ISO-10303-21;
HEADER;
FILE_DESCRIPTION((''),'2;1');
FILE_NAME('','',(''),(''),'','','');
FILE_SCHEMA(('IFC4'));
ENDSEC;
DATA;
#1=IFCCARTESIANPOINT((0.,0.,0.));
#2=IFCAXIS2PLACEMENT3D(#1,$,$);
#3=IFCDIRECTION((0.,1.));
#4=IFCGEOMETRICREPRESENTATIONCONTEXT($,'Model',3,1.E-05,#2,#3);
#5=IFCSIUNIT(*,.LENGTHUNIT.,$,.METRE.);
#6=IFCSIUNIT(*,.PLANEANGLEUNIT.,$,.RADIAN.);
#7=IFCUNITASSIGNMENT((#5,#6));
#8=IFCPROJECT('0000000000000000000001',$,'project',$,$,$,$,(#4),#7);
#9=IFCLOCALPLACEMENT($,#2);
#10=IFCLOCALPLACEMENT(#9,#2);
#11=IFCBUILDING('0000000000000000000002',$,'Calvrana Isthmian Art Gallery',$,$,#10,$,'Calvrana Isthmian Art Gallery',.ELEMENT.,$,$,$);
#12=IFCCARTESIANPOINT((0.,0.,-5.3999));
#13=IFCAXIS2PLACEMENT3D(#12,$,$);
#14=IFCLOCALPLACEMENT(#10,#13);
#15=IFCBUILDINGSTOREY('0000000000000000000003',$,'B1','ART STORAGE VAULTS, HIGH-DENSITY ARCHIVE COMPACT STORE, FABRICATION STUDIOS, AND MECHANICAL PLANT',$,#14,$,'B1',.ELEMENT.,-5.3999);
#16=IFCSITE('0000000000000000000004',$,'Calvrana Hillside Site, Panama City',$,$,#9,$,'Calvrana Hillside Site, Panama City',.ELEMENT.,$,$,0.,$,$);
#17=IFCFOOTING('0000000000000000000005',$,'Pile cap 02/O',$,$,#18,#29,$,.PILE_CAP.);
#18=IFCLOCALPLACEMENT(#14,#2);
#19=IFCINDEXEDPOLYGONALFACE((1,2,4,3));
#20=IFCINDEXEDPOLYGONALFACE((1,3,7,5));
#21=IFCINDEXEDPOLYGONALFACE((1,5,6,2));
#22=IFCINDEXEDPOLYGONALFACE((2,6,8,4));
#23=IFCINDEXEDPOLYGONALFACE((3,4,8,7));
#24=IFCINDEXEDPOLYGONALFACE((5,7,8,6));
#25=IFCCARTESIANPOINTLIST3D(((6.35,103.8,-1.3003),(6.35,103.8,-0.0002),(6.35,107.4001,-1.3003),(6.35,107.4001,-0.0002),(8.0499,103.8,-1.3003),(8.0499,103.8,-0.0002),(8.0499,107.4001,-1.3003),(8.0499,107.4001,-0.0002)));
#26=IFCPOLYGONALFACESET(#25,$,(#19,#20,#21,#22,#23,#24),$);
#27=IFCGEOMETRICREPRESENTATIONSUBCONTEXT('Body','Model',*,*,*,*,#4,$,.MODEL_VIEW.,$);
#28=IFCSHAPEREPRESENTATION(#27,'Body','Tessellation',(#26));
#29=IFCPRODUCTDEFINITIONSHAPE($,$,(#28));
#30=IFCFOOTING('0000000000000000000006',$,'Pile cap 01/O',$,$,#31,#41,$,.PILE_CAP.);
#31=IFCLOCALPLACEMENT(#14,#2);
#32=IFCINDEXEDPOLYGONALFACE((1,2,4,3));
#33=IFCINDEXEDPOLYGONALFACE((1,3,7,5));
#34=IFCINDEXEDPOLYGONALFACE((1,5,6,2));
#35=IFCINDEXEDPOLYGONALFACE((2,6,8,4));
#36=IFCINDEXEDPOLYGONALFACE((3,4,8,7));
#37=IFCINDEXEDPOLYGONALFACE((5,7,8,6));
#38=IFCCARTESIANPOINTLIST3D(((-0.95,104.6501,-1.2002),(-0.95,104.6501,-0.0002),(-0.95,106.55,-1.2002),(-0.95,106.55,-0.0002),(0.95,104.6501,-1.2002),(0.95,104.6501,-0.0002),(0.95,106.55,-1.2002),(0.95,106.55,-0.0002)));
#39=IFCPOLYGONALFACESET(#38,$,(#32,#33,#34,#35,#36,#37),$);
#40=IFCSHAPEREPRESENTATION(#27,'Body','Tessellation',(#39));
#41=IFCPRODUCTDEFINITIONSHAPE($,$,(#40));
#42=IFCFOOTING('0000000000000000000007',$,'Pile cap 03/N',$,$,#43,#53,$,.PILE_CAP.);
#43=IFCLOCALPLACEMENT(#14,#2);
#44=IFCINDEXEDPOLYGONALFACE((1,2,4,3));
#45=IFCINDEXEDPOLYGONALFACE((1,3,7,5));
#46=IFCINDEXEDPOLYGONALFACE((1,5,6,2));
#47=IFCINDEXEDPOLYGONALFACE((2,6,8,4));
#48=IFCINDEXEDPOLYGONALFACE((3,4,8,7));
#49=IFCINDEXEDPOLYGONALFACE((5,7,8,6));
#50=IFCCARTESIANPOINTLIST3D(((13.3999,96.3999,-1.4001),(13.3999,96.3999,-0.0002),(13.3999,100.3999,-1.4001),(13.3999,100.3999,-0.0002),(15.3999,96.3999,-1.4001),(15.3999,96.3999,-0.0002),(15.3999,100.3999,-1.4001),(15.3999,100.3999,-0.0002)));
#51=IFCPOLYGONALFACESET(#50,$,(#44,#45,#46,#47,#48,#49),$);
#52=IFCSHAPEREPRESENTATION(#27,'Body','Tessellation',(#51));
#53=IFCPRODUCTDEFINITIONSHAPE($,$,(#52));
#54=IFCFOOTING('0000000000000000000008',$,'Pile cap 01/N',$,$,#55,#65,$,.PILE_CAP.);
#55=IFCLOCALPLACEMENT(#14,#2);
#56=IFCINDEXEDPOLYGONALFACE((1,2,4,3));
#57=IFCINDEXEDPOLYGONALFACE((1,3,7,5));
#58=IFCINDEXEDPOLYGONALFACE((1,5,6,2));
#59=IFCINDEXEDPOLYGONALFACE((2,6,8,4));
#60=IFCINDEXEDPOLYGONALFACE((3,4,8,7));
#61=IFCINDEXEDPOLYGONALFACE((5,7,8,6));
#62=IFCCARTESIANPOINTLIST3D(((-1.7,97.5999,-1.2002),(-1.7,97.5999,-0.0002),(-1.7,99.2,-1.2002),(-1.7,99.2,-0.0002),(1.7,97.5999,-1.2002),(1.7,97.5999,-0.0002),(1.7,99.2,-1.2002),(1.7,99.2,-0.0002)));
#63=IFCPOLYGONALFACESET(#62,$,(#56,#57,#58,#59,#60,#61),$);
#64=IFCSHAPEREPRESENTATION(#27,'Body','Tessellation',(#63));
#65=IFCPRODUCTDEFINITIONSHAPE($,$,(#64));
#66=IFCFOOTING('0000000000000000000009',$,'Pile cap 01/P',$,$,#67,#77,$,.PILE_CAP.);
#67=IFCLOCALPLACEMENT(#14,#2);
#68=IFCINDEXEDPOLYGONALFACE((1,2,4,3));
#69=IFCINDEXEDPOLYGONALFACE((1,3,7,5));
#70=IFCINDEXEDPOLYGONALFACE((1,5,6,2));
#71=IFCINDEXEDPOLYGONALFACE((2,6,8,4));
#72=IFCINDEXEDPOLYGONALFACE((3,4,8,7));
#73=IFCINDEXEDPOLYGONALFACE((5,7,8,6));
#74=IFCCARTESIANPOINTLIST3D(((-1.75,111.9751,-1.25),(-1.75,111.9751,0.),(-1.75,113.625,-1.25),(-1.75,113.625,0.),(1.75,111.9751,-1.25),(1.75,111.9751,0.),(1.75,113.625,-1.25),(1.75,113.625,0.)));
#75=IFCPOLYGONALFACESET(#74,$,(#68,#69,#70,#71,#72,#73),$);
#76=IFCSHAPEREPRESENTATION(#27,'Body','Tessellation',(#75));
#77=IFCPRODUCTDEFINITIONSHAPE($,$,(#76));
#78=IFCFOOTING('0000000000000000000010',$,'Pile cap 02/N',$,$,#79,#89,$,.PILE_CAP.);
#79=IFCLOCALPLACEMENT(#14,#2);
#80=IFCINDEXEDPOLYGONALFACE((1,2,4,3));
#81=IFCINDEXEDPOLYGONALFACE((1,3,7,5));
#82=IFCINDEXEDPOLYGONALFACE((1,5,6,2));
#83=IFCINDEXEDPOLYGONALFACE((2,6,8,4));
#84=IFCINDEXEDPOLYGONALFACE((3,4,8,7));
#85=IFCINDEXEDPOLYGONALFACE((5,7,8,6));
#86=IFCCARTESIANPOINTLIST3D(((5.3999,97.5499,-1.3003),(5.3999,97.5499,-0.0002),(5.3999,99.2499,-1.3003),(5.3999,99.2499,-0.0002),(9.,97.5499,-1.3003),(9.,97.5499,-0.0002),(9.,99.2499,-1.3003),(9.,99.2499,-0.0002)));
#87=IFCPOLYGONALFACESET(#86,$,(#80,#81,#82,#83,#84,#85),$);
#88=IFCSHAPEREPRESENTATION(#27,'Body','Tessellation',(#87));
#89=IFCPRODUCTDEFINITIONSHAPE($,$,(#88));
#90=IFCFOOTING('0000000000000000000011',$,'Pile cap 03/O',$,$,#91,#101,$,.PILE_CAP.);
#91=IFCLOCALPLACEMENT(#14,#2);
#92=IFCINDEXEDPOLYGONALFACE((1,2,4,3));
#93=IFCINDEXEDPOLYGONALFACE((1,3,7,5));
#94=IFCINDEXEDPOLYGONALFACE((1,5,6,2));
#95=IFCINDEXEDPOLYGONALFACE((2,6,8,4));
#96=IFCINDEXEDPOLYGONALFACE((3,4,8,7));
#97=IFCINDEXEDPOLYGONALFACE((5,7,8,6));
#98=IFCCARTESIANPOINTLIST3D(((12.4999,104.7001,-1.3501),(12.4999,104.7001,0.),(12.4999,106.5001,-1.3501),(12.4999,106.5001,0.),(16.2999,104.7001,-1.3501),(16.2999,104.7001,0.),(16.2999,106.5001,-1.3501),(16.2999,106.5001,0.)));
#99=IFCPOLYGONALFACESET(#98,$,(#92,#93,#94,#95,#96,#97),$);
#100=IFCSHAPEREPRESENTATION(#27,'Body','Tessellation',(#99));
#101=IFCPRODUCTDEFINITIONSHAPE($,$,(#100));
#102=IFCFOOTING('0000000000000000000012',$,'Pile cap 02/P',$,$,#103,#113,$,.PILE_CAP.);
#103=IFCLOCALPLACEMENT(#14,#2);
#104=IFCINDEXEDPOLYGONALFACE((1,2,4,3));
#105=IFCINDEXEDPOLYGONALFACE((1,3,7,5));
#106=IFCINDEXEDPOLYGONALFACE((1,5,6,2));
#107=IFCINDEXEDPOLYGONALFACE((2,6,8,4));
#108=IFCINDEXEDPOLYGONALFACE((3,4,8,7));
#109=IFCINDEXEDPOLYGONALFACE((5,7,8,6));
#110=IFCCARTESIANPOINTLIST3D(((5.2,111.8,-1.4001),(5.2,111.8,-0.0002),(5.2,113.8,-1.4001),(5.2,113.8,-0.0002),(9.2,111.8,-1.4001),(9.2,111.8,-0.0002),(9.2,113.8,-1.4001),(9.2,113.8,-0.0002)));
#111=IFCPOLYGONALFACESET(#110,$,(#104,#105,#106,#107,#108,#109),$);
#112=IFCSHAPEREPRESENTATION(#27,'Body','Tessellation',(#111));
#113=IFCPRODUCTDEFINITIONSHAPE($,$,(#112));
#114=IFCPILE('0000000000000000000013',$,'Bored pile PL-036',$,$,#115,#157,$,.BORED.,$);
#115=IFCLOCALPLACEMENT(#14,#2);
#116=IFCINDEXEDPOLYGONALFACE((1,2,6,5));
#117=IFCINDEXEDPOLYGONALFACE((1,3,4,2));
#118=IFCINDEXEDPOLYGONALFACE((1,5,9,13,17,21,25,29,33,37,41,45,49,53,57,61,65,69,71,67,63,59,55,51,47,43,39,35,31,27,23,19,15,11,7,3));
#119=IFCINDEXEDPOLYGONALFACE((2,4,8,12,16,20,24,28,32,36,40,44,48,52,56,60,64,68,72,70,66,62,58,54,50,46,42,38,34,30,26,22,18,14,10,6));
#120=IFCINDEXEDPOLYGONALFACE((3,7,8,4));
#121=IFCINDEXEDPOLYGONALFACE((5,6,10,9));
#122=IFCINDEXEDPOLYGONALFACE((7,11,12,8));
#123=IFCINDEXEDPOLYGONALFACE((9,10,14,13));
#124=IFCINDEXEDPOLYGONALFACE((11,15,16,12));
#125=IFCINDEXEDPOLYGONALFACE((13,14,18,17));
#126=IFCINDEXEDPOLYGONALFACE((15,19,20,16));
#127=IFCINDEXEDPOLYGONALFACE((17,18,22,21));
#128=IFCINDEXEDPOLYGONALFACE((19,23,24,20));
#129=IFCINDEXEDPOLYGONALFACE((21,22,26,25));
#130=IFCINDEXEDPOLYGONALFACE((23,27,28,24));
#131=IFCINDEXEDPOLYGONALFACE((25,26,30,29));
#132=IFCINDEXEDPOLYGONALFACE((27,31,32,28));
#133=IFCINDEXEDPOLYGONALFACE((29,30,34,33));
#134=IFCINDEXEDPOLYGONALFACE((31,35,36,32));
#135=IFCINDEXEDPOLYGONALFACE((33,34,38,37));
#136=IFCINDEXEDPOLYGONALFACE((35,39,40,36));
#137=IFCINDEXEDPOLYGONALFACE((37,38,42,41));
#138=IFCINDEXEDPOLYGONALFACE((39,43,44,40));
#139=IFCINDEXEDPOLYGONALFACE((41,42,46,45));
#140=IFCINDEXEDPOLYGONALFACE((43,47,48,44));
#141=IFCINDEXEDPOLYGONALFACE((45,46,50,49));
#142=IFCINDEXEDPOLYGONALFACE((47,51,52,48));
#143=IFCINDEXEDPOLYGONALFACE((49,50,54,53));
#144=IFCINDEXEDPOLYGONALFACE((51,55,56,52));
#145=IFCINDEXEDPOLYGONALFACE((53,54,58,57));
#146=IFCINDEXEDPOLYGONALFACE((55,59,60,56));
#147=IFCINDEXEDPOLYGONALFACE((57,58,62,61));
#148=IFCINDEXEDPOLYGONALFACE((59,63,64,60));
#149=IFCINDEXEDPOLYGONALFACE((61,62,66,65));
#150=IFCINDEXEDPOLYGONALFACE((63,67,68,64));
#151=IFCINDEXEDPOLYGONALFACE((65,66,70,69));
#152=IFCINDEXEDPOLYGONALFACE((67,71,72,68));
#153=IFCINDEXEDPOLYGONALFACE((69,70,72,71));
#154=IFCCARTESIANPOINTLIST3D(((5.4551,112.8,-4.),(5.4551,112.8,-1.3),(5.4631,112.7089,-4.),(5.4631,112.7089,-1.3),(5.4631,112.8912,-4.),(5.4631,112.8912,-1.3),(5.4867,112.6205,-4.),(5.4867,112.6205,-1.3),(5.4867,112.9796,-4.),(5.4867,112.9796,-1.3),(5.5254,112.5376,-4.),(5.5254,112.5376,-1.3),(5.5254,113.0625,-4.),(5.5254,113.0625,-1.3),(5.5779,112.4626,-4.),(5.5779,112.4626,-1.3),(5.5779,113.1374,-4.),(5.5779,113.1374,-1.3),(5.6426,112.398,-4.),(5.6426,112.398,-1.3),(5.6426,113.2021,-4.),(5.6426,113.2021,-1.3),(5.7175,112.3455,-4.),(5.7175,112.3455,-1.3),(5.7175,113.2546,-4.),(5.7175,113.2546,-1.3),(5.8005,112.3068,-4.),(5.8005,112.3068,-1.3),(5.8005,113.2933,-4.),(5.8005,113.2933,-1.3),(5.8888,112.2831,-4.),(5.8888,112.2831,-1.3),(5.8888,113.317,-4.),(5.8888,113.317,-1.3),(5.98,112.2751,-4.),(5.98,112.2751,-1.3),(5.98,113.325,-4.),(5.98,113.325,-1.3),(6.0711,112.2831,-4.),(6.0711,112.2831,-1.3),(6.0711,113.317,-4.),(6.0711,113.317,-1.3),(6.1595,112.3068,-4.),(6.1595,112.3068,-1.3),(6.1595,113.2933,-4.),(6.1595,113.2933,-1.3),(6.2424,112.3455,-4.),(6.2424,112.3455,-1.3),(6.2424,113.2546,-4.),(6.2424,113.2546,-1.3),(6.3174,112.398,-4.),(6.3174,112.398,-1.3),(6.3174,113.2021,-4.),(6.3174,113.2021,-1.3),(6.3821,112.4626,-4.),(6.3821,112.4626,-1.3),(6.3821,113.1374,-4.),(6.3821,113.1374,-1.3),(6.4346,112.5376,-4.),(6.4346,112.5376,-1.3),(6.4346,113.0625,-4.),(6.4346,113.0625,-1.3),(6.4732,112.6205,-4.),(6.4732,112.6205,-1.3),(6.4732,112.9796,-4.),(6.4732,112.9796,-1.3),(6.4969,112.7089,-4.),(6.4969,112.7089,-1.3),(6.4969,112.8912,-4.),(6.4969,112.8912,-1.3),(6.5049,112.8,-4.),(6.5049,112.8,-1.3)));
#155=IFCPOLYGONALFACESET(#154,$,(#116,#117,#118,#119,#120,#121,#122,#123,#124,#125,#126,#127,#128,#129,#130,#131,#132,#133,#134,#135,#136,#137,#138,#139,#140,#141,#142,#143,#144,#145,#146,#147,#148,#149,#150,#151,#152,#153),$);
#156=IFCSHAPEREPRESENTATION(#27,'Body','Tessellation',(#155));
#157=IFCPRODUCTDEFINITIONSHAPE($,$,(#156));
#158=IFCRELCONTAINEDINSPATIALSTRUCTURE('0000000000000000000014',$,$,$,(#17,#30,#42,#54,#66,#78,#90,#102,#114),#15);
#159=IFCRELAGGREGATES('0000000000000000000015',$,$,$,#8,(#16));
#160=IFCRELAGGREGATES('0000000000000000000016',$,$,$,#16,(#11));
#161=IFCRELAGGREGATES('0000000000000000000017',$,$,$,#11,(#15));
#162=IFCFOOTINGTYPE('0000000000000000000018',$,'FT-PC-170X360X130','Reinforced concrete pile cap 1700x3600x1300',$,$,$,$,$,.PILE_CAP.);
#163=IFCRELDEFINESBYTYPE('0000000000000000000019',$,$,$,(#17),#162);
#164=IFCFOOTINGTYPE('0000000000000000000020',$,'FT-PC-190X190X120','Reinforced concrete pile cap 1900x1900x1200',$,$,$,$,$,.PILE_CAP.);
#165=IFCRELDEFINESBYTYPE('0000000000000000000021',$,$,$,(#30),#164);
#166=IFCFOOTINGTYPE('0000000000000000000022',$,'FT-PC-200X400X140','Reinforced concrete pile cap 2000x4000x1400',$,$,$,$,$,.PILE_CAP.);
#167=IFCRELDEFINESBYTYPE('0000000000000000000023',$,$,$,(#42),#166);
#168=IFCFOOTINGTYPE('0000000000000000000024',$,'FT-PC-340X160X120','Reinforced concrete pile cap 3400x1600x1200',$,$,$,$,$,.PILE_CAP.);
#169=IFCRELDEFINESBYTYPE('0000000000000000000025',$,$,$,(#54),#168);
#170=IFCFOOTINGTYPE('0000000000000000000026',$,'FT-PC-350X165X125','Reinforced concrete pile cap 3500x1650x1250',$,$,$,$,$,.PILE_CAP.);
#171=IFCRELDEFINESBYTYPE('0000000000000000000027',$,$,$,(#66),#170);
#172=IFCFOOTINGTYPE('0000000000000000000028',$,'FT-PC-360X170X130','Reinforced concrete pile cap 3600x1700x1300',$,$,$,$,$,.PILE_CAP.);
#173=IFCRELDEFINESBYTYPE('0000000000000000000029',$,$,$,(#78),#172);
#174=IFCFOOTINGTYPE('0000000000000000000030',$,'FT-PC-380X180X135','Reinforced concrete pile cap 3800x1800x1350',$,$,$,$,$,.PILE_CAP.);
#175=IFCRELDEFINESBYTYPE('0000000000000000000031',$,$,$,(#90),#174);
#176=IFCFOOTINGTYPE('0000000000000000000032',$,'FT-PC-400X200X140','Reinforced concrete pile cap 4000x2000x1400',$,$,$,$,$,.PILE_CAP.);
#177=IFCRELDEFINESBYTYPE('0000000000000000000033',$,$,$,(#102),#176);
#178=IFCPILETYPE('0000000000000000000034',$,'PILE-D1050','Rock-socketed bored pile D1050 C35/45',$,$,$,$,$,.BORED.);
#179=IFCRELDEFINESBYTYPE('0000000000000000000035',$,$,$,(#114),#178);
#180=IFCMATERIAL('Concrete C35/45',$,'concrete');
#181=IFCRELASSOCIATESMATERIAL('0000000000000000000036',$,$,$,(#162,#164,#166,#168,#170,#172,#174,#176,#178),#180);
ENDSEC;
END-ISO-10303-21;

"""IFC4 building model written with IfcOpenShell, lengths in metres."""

from ifc_helpers import new_model, si_unit, direction, frame, origin, origin_2d, place, context, subcontext, project, spatial, rectangle, circle, extrude, material, material_profile, profile_set, type_object, element, save


model = new_model("IFC4")

# Units and contexts
model_context = context("Model", 3, precision=1e-05, world=origin(), true_north=direction((0.0, 1.0)))
body_context = subcontext(model_context, "Body", "Model", "MODEL_VIEW")
ifc_project = project(units=[si_unit("LENGTHUNIT", "METRE"), si_unit("PLANEANGLEUNIT", "RADIAN")], contexts=[model_context])

# Site, building, storey
site_placement = place(None, origin())
site = spatial("IfcSite", under=ifc_project, at=site_placement, Name="Calvrana Hillside Site, Panama City", LongName="Calvrana Hillside Site, Panama City", CompositionType="ELEMENT", RefElevation=0.0)
building_placement = place(site_placement, origin())
building = spatial("IfcBuilding", under=site, at=building_placement, Name="Calvrana Isthmian Art Gallery", LongName="Calvrana Isthmian Art Gallery", CompositionType="ELEMENT")
storey_placement = place(building_placement, frame((0.0, 0.0, -5.3999)))
storey = spatial("IfcBuildingStorey", under=building, at=storey_placement, Name="B1", Description="ART STORAGE VAULTS, HIGH-DENSITY ARCHIVE COMPACT STORE, FABRICATION STUDIOS, AND MECHANICAL PLANT", LongName="B1", CompositionType="ELEMENT", Elevation=-5.3999)

# Footings
ifc_material_1 = material(Name="Concrete C35/45", Category="concrete")
footing_type_1 = type_object("IfcFootingType", Name="FT-PC-170X360X130", Description="Reinforced concrete pile cap 1700x3600x1300", PredefinedType="PILE_CAP", material=ifc_material_1)
footing_1_placement = place(storey_placement, frame((7.2, 105.6001, -1.3003), z_axis=(0.0, 0.0, 1.0), x_axis=(1.0, 0.0, 0.0)))
element("IfcFooting", 1, at=footing_1_placement, inside=storey, type_object=footing_type_1, Name="Pile cap 02/O", PredefinedType="PILE_CAP", context=body_context, shape_type="SweptSolid", body=[
    extrude(rectangle(XDim=1.7, YDim=3.6001, at=origin_2d()), origin(), (0.0, 0.0, 1.0), 1.3),
])
footing_type_2 = type_object("IfcFootingType", Name="FT-PC-190X190X120", Description="Reinforced concrete pile cap 1900x1900x1200", PredefinedType="PILE_CAP", material=ifc_material_1)
footing_2_placement = place(storey_placement, frame((0.0, 105.6001, -1.2002), z_axis=(0.0, 0.0, 1.0), x_axis=(1.0, 0.0, 0.0)))
element("IfcFooting", 2, at=footing_2_placement, inside=storey, type_object=footing_type_2, Name="Pile cap 01/O", PredefinedType="PILE_CAP", context=body_context, shape_type="SweptSolid", body=[
    extrude(rectangle(XDim=1.8999, YDim=1.8999, at=origin_2d()), origin(), (0.0, 0.0, 1.0), 1.2),
])
footing_type_3 = type_object("IfcFootingType", Name="FT-PC-200X400X140", Description="Reinforced concrete pile cap 2000x4000x1400", PredefinedType="PILE_CAP", material=ifc_material_1)
footing_3_placement = place(storey_placement, frame((14.3999, 98.3999, -1.4001), z_axis=(0.0, 0.0, 1.0), x_axis=(1.0, 0.0, 0.0)))
element("IfcFooting", 3, at=footing_3_placement, inside=storey, type_object=footing_type_3, Name="Pile cap 03/N", PredefinedType="PILE_CAP", context=body_context, shape_type="SweptSolid", body=[
    extrude(rectangle(XDim=2.0, YDim=4.0, at=origin_2d()), origin(), (0.0, 0.0, 1.0), 1.3999),
])
footing_type_4 = type_object("IfcFootingType", Name="FT-PC-340X160X120", Description="Reinforced concrete pile cap 3400x1600x1200", PredefinedType="PILE_CAP", material=ifc_material_1)
footing_4_placement = place(storey_placement, frame((0.0, 98.3999, -1.2002), z_axis=(0.0, 0.0, 1.0), x_axis=(1.0, 0.0, 0.0)))
element("IfcFooting", 4, at=footing_4_placement, inside=storey, type_object=footing_type_4, Name="Pile cap 01/N", PredefinedType="PILE_CAP", context=body_context, shape_type="SweptSolid", body=[
    extrude(rectangle(XDim=3.3999, YDim=1.6001, at=origin_2d()), origin(), (0.0, 0.0, 1.0), 1.2),
])
footing_type_5 = type_object("IfcFootingType", Name="FT-PC-350X165X125", Description="Reinforced concrete pile cap 3500x1650x1250", PredefinedType="PILE_CAP", material=ifc_material_1)
footing_5_placement = place(storey_placement, frame((0.0, 112.8, -1.25), z_axis=(0.0, 0.0, 1.0), x_axis=(1.0, 0.0, 0.0)))
element("IfcFooting", 5, at=footing_5_placement, inside=storey, type_object=footing_type_5, Name="Pile cap 01/P", PredefinedType="PILE_CAP", context=body_context, shape_type="SweptSolid", body=[
    extrude(rectangle(XDim=3.5, YDim=1.6499, at=origin_2d()), origin(), (0.0, 0.0, 1.0), 1.25),
])
footing_type_6 = type_object("IfcFootingType", Name="FT-PC-360X170X130", Description="Reinforced concrete pile cap 3600x1700x1300", PredefinedType="PILE_CAP", material=ifc_material_1)
footing_6_placement = place(storey_placement, frame((7.2, 98.3999, -1.3003), z_axis=(0.0, 0.0, 1.0), x_axis=(1.0, 0.0, 0.0)))
element("IfcFooting", 6, at=footing_6_placement, inside=storey, type_object=footing_type_6, Name="Pile cap 02/N", PredefinedType="PILE_CAP", context=body_context, shape_type="SweptSolid", body=[
    extrude(rectangle(XDim=3.6001, YDim=1.7, at=origin_2d()), origin(), (0.0, 0.0, 1.0), 1.3),
])
footing_type_7 = type_object("IfcFootingType", Name="FT-PC-380X180X135", Description="Reinforced concrete pile cap 3800x1800x1350", PredefinedType="PILE_CAP", material=ifc_material_1)
footing_7_placement = place(storey_placement, frame((14.3999, 105.6001, -1.3501), z_axis=(0.0, 0.0, 1.0), x_axis=(1.0, 0.0, 0.0)))
element("IfcFooting", 7, at=footing_7_placement, inside=storey, type_object=footing_type_7, Name="Pile cap 03/O", PredefinedType="PILE_CAP", context=body_context, shape_type="SweptSolid", body=[
    extrude(rectangle(XDim=3.8, YDim=1.8, at=origin_2d()), origin(), (0.0, 0.0, 1.0), 1.3501),
])
footing_type_8 = type_object("IfcFootingType", Name="FT-PC-400X200X140", Description="Reinforced concrete pile cap 4000x2000x1400", PredefinedType="PILE_CAP", material=ifc_material_1)
footing_8_placement = place(storey_placement, frame((7.2, 112.8, -1.4001), z_axis=(0.0, 0.0, 1.0), x_axis=(1.0, 0.0, 0.0)))
element("IfcFooting", 8, at=footing_8_placement, inside=storey, type_object=footing_type_8, Name="Pile cap 02/P", PredefinedType="PILE_CAP", context=body_context, shape_type="SweptSolid", body=[
    extrude(rectangle(XDim=4.0, YDim=2.0, at=origin_2d()), origin(), (0.0, 0.0, 1.0), 1.3999),
])

# Pile
ifc_material_profile_1 = material_profile(ifc_material_1, circle(Radius=0.5249, at=origin_2d()), Name="PILE1050D")
ifc_profile_set_1 = profile_set([ifc_material_profile_1], Name="Concrete C35/45")
pile_type_1 = type_object("IfcPileType", Name="PILE-D1050", Description="Rock-socketed bored pile D1050 C35/45", PredefinedType="BORED", material=ifc_profile_set_1)
for number, where, z_axis, x_axis, name in (
    (9, (5.98, 112.8, -1.3), (0.0, 0.0, -1.0), (1.0, 0.0, 0.0), "Bored pile PL-036"),
):
    element("IfcPile", number, at=place(storey_placement, frame(where, z_axis=z_axis, x_axis=x_axis)), inside=storey, type_object=pile_type_1, Name=name, PredefinedType="BORED", context=body_context, shape_type="SweptSolid", body=[
        extrude(circle(Radius=0.5249, at=origin_2d()), origin(), (0.0, 0.0, 1.0), 2.7),
    ])

save(model, "model.ifc")
